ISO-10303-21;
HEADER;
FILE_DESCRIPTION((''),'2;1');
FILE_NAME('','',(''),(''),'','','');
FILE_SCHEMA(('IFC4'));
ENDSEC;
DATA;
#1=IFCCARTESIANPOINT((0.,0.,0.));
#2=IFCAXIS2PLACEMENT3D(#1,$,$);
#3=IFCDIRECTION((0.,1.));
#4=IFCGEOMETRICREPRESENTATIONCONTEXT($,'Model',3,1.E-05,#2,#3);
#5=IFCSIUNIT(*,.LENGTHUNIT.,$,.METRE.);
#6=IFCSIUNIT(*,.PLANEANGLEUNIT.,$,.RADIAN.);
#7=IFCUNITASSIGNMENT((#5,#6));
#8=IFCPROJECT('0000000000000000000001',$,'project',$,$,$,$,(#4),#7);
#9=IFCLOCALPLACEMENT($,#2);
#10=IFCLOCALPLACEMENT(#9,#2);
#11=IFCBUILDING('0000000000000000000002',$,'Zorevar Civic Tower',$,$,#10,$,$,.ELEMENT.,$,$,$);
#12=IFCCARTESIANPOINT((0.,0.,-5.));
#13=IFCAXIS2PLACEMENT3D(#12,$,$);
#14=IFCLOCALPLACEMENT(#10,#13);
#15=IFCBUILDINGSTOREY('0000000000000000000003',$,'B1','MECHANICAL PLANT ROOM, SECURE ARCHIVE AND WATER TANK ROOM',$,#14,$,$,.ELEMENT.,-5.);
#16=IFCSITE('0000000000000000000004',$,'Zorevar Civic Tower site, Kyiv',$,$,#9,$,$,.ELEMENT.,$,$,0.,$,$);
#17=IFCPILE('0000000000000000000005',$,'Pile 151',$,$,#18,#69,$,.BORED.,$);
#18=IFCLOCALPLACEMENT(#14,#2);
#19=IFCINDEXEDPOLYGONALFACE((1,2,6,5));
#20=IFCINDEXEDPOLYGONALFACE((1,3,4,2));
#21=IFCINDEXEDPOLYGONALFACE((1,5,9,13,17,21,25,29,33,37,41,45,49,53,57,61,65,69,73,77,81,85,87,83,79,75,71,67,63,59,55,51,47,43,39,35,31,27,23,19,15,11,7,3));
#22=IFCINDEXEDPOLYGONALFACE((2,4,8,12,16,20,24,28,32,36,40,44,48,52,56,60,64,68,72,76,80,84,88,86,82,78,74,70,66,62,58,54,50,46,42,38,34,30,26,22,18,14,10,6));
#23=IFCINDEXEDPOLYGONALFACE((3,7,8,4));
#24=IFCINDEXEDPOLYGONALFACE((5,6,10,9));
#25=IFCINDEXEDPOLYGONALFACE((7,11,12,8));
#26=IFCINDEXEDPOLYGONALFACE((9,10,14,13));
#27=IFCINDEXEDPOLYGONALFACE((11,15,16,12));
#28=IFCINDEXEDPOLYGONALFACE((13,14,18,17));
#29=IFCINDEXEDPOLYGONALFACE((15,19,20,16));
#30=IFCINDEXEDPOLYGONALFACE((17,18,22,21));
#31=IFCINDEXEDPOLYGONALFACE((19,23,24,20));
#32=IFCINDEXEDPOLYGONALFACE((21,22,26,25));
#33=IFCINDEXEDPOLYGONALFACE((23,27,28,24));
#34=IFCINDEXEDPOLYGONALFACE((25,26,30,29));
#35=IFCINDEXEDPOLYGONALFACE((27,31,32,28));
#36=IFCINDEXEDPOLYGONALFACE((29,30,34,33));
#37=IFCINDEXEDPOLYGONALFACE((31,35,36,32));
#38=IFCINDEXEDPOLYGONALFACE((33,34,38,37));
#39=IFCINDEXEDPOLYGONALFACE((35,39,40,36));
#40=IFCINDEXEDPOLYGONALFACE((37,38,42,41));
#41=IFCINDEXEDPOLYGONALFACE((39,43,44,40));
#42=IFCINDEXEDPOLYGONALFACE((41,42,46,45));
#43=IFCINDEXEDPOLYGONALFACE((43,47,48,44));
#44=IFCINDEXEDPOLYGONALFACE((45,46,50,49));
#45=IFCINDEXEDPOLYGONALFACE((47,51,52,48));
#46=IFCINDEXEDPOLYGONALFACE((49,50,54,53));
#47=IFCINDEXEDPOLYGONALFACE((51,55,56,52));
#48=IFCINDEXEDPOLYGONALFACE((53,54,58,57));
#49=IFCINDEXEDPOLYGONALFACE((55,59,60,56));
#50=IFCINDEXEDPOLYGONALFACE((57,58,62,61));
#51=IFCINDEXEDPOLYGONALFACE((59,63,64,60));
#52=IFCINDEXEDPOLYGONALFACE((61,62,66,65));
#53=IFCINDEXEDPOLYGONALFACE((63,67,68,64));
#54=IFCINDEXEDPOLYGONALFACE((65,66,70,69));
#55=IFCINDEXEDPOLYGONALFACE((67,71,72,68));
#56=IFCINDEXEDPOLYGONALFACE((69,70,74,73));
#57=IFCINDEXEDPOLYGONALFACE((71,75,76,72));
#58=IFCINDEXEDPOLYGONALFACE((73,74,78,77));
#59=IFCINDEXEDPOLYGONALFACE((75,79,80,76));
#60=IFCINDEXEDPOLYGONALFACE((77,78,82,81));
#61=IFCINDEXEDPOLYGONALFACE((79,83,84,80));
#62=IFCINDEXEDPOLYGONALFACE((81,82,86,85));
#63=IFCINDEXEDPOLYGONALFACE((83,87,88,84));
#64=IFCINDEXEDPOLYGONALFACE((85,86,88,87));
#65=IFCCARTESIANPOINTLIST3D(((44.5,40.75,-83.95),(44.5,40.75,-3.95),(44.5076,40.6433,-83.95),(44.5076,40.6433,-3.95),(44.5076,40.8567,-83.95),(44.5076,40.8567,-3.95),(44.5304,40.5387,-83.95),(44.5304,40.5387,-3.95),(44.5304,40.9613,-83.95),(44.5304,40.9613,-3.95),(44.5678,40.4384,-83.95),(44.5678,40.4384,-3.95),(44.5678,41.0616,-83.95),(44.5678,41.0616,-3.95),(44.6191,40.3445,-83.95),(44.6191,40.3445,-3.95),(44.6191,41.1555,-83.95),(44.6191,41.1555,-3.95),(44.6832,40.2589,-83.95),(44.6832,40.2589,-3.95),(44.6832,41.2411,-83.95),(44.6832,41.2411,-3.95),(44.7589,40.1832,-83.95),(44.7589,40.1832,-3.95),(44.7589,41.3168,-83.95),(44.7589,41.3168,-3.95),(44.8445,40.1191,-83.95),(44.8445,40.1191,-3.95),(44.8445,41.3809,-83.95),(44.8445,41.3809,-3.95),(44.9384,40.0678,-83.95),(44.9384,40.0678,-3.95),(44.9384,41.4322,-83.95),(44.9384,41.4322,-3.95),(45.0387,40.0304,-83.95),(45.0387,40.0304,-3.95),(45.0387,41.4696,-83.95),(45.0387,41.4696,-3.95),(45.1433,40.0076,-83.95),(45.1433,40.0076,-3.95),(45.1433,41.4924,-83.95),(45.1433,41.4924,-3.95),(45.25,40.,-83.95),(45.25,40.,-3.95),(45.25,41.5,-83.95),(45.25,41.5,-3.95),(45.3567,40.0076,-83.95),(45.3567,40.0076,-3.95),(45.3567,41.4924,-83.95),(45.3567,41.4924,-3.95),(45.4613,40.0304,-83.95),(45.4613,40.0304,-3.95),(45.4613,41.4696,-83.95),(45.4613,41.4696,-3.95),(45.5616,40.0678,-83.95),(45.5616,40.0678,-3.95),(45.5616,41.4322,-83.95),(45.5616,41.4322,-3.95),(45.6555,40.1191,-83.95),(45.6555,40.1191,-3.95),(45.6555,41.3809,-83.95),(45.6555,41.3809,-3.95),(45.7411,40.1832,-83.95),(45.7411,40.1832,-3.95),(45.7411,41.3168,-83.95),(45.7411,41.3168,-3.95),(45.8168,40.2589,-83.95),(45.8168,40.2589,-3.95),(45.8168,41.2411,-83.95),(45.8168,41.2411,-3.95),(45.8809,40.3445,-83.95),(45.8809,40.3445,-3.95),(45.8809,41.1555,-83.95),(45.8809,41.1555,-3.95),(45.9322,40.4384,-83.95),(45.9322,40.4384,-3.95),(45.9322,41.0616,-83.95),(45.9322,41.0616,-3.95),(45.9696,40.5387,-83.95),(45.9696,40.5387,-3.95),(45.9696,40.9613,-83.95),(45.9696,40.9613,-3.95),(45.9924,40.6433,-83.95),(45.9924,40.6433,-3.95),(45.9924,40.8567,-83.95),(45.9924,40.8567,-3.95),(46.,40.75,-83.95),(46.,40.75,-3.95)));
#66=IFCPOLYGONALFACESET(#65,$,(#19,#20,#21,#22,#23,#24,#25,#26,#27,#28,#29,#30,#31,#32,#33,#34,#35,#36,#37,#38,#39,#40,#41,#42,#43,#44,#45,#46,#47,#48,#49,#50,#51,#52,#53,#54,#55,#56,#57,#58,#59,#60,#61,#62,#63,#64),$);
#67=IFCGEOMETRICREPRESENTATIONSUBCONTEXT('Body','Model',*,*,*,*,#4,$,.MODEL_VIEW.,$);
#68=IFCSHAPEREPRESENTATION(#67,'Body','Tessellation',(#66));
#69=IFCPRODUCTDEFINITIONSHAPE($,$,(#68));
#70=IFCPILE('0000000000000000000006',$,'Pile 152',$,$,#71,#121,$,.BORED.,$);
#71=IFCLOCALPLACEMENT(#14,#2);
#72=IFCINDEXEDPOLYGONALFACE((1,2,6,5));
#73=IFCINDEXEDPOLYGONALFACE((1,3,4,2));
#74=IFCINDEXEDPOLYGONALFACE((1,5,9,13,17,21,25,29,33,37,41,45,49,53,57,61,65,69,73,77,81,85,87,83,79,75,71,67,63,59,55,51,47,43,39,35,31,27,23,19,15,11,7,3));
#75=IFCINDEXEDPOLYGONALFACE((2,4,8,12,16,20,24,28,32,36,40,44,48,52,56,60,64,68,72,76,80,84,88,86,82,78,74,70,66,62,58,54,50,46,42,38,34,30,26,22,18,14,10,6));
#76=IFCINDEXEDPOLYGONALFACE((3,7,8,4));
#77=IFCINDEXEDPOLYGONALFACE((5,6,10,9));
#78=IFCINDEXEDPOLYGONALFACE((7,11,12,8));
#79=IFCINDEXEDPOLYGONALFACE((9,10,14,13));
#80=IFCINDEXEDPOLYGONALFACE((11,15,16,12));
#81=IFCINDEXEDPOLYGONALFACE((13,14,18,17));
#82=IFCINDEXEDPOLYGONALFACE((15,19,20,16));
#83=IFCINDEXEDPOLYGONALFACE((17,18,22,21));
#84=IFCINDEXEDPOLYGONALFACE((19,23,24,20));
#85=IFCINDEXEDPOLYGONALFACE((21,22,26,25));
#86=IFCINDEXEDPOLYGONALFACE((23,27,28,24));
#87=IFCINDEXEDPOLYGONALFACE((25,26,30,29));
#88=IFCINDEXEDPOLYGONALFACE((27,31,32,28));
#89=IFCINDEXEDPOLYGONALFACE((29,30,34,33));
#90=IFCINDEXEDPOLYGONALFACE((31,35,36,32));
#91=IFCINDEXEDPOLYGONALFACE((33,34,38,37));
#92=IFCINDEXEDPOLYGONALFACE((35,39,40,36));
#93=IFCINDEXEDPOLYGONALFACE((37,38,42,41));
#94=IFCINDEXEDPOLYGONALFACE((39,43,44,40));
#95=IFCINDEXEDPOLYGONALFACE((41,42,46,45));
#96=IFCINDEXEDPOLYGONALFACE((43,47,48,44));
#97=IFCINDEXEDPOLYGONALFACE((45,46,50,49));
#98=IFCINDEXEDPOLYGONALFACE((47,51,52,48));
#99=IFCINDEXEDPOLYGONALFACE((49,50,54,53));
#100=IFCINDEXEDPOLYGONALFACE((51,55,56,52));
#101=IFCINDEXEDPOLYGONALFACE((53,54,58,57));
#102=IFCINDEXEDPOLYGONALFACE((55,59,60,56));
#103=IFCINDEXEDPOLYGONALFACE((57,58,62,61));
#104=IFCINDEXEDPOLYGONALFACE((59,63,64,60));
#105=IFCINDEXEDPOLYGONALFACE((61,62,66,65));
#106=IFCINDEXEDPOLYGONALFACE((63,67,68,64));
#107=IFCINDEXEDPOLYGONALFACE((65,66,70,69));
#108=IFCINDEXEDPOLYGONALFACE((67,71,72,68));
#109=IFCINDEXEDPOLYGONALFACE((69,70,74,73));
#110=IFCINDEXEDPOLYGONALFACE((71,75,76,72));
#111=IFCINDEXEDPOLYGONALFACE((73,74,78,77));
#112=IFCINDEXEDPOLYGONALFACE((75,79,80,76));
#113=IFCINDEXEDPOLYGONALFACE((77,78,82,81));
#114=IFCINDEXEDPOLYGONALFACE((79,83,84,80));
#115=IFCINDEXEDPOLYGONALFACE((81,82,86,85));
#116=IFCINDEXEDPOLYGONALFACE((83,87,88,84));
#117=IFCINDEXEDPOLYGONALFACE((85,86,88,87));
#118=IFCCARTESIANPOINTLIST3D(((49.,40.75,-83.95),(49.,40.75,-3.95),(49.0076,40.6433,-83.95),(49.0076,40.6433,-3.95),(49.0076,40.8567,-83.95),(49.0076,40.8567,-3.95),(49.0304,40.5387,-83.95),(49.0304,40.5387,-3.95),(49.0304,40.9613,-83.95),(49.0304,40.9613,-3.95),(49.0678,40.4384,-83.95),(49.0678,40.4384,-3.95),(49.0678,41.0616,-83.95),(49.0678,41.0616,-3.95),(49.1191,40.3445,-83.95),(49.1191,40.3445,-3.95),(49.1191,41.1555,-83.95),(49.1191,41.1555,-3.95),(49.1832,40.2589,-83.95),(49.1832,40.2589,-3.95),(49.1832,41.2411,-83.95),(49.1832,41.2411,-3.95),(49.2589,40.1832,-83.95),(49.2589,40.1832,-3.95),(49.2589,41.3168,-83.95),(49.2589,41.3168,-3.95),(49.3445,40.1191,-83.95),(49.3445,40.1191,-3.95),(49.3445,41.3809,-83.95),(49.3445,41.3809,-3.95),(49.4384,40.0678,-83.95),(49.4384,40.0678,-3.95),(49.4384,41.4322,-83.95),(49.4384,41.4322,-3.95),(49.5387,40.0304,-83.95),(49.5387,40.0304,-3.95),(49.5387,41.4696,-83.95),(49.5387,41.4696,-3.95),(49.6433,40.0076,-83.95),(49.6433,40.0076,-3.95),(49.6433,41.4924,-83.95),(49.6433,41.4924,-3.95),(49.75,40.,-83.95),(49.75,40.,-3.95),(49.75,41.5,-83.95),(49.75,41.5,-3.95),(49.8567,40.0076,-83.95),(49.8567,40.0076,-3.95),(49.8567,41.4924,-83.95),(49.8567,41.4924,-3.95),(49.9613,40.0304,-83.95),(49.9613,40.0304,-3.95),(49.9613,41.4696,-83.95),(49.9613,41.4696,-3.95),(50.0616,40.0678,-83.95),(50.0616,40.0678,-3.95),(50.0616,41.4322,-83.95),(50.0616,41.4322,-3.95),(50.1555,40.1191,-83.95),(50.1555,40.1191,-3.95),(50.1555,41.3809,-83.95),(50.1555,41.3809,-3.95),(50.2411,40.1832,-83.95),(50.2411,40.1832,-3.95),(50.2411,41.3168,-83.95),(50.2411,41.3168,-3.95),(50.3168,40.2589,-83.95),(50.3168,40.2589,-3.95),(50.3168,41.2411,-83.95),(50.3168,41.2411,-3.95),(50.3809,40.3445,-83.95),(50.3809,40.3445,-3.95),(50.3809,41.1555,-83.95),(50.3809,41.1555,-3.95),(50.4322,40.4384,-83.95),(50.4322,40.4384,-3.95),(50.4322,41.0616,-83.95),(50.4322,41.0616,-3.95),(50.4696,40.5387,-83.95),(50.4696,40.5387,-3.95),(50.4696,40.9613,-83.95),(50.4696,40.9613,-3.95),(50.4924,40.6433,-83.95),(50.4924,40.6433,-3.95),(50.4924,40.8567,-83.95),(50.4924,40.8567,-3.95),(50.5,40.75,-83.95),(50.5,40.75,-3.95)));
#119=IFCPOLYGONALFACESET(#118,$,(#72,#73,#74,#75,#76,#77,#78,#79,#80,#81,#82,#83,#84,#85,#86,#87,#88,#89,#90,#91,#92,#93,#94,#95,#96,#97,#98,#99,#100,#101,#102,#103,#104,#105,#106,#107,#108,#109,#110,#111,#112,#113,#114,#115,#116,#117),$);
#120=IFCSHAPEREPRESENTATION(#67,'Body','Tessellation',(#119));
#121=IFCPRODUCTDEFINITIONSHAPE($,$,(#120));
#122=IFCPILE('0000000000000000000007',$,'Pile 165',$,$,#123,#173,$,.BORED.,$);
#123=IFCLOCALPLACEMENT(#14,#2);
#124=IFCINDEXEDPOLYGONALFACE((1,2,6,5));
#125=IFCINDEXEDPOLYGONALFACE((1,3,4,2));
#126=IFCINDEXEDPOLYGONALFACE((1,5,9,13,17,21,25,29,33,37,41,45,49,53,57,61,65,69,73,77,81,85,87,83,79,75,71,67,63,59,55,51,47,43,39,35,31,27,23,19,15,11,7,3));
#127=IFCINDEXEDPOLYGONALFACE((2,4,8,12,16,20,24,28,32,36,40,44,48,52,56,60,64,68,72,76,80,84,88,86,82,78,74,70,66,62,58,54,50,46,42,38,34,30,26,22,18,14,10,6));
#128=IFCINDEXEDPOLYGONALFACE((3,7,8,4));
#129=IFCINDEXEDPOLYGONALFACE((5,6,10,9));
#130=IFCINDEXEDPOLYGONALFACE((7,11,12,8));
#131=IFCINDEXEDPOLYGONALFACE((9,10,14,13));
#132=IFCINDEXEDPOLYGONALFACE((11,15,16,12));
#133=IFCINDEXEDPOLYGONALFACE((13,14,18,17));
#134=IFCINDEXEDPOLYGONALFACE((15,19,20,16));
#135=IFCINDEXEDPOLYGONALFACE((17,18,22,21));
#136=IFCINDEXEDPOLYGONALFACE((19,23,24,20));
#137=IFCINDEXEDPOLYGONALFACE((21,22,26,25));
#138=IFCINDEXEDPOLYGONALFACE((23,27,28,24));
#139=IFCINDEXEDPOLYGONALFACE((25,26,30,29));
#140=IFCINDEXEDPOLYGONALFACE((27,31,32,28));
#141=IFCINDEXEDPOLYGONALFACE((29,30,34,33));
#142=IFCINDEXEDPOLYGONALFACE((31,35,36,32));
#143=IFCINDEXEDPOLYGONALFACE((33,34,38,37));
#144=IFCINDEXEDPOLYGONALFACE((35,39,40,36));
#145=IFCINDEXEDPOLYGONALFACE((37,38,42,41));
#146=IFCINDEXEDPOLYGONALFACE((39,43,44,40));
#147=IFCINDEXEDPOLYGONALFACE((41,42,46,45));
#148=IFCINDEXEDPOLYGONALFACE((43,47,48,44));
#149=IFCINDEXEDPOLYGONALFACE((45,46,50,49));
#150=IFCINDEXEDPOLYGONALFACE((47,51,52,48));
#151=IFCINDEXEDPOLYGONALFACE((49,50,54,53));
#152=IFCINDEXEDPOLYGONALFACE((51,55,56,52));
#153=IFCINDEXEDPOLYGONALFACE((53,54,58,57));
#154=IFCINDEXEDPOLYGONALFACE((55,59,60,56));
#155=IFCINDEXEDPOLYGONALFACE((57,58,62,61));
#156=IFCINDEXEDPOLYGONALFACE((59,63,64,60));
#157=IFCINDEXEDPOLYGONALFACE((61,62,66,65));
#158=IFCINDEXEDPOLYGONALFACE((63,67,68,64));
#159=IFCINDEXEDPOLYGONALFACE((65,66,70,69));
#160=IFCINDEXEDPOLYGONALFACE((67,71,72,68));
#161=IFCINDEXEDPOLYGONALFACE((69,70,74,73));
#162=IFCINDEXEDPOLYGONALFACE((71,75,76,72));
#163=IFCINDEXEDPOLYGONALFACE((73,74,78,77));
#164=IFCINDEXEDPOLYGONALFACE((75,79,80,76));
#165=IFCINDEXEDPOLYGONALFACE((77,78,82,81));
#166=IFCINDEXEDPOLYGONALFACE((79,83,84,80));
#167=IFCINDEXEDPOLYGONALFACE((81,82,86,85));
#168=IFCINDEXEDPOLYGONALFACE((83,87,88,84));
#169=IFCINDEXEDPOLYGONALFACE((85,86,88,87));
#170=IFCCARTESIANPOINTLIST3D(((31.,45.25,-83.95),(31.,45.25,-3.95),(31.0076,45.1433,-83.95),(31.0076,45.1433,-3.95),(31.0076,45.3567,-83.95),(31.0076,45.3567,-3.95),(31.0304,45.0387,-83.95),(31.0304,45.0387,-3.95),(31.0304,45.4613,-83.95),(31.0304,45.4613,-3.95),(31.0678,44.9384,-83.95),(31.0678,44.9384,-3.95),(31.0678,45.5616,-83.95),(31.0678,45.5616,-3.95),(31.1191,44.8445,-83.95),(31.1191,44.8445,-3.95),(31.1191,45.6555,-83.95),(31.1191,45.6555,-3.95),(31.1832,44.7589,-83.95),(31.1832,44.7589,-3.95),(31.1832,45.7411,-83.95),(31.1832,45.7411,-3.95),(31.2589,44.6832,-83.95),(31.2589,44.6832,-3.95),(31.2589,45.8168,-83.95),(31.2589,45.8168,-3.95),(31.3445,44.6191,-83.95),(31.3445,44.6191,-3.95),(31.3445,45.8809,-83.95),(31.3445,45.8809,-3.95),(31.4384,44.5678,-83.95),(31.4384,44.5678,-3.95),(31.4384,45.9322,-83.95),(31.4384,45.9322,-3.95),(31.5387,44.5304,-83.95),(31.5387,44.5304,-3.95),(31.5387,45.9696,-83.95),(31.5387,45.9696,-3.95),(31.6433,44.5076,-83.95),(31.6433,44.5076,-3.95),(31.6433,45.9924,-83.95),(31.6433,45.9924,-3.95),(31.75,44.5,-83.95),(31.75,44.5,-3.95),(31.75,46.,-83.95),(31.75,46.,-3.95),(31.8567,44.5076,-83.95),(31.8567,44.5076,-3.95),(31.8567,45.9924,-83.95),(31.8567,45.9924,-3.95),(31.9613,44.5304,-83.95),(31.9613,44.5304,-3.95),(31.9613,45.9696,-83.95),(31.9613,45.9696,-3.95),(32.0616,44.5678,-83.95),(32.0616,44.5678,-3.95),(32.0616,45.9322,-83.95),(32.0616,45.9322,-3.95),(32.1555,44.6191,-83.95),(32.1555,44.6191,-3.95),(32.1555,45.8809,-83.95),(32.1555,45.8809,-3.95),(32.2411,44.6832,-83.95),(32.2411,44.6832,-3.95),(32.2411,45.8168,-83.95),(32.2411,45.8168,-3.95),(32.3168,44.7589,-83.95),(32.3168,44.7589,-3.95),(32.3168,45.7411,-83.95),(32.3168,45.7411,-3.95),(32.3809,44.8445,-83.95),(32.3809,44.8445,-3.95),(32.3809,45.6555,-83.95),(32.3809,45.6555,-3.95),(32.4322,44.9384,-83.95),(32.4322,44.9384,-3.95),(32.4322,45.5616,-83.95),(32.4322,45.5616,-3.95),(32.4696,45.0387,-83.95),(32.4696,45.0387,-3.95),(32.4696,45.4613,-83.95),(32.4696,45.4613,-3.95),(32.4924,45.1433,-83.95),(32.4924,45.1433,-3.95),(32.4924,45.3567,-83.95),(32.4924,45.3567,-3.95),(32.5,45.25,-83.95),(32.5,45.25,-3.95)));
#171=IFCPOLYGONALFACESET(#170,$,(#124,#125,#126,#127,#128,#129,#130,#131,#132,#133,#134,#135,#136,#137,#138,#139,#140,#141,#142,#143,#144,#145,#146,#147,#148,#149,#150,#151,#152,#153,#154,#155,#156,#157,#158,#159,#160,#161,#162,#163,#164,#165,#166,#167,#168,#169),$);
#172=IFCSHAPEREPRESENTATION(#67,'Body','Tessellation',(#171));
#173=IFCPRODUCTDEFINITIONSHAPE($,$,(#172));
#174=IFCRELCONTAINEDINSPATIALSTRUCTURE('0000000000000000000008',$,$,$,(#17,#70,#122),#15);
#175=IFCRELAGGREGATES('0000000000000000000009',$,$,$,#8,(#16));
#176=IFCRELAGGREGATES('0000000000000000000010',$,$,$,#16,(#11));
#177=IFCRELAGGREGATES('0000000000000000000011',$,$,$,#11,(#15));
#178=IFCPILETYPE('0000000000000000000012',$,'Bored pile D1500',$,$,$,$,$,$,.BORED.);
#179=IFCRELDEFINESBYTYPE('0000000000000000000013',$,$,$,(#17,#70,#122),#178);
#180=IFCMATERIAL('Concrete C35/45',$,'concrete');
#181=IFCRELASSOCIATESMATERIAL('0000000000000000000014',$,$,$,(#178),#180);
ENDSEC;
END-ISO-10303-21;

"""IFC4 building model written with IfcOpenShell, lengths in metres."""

from ifc_helpers import new_model, si_unit, direction, frame, origin, origin_2d, place, context, subcontext, project, spatial, circle, extrude, material, type_object, element, save


model = new_model("IFC4")

# Units and contexts
model_context = context("Model", 3, precision=1e-05, world=origin(), true_north=direction((0.0, 1.0)))
body_context = subcontext(model_context, "Body", "Model", "MODEL_VIEW")
ifc_project = project(units=[si_unit("LENGTHUNIT", "METRE"), si_unit("PLANEANGLEUNIT", "RADIAN")], contexts=[model_context])

# Site, building, storey
site_placement = place(None, origin())
site = spatial("IfcSite", under=ifc_project, at=site_placement, Name="Zorevar Civic Tower site, Kyiv", CompositionType="ELEMENT", RefElevation=0.0)
building_placement = place(site_placement, origin())
building = spatial("IfcBuilding", under=site, at=building_placement, Name="Zorevar Civic Tower", CompositionType="ELEMENT")
storey_placement = place(building_placement, frame((0.0, 0.0, -5.0)))
storey = spatial("IfcBuildingStorey", under=building, at=storey_placement, Name="B1", Description="MECHANICAL PLANT ROOM, SECURE ARCHIVE AND WATER TANK ROOM", CompositionType="ELEMENT", Elevation=-5.0)

# Piles
ifc_material_1 = material(Name="Concrete C35/45", Category="concrete")
pile_type = type_object("IfcPileType", Name="Bored pile D1500", PredefinedType="BORED", material=ifc_material_1)
for number, where, z_axis, x_axis, name in (
    (1, (45.25, 40.75, -3.95), (0.0, 0.0, -1.0), (1.0, 0.0, 0.0), "Pile 151"),
    (2, (49.75, 40.75, -3.95), (0.0, 0.0, -1.0), (1.0, 0.0, 0.0), "Pile 152"),
    (3, (31.75, 45.25, -3.95), (0.0, 0.0, -1.0), (1.0, 0.0, 0.0), "Pile 165"),
):
    element("IfcPile", number, at=place(storey_placement, frame(where, z_axis=z_axis, x_axis=x_axis)), inside=storey, type_object=pile_type, Name=name, PredefinedType="BORED", context=body_context, shape_type="SweptSolid", body=[
        extrude(circle(Radius=0.75, at=origin_2d()), origin(), (0.0, 0.0, 1.0), 80.0),
    ])

save(model, "model.ifc")
